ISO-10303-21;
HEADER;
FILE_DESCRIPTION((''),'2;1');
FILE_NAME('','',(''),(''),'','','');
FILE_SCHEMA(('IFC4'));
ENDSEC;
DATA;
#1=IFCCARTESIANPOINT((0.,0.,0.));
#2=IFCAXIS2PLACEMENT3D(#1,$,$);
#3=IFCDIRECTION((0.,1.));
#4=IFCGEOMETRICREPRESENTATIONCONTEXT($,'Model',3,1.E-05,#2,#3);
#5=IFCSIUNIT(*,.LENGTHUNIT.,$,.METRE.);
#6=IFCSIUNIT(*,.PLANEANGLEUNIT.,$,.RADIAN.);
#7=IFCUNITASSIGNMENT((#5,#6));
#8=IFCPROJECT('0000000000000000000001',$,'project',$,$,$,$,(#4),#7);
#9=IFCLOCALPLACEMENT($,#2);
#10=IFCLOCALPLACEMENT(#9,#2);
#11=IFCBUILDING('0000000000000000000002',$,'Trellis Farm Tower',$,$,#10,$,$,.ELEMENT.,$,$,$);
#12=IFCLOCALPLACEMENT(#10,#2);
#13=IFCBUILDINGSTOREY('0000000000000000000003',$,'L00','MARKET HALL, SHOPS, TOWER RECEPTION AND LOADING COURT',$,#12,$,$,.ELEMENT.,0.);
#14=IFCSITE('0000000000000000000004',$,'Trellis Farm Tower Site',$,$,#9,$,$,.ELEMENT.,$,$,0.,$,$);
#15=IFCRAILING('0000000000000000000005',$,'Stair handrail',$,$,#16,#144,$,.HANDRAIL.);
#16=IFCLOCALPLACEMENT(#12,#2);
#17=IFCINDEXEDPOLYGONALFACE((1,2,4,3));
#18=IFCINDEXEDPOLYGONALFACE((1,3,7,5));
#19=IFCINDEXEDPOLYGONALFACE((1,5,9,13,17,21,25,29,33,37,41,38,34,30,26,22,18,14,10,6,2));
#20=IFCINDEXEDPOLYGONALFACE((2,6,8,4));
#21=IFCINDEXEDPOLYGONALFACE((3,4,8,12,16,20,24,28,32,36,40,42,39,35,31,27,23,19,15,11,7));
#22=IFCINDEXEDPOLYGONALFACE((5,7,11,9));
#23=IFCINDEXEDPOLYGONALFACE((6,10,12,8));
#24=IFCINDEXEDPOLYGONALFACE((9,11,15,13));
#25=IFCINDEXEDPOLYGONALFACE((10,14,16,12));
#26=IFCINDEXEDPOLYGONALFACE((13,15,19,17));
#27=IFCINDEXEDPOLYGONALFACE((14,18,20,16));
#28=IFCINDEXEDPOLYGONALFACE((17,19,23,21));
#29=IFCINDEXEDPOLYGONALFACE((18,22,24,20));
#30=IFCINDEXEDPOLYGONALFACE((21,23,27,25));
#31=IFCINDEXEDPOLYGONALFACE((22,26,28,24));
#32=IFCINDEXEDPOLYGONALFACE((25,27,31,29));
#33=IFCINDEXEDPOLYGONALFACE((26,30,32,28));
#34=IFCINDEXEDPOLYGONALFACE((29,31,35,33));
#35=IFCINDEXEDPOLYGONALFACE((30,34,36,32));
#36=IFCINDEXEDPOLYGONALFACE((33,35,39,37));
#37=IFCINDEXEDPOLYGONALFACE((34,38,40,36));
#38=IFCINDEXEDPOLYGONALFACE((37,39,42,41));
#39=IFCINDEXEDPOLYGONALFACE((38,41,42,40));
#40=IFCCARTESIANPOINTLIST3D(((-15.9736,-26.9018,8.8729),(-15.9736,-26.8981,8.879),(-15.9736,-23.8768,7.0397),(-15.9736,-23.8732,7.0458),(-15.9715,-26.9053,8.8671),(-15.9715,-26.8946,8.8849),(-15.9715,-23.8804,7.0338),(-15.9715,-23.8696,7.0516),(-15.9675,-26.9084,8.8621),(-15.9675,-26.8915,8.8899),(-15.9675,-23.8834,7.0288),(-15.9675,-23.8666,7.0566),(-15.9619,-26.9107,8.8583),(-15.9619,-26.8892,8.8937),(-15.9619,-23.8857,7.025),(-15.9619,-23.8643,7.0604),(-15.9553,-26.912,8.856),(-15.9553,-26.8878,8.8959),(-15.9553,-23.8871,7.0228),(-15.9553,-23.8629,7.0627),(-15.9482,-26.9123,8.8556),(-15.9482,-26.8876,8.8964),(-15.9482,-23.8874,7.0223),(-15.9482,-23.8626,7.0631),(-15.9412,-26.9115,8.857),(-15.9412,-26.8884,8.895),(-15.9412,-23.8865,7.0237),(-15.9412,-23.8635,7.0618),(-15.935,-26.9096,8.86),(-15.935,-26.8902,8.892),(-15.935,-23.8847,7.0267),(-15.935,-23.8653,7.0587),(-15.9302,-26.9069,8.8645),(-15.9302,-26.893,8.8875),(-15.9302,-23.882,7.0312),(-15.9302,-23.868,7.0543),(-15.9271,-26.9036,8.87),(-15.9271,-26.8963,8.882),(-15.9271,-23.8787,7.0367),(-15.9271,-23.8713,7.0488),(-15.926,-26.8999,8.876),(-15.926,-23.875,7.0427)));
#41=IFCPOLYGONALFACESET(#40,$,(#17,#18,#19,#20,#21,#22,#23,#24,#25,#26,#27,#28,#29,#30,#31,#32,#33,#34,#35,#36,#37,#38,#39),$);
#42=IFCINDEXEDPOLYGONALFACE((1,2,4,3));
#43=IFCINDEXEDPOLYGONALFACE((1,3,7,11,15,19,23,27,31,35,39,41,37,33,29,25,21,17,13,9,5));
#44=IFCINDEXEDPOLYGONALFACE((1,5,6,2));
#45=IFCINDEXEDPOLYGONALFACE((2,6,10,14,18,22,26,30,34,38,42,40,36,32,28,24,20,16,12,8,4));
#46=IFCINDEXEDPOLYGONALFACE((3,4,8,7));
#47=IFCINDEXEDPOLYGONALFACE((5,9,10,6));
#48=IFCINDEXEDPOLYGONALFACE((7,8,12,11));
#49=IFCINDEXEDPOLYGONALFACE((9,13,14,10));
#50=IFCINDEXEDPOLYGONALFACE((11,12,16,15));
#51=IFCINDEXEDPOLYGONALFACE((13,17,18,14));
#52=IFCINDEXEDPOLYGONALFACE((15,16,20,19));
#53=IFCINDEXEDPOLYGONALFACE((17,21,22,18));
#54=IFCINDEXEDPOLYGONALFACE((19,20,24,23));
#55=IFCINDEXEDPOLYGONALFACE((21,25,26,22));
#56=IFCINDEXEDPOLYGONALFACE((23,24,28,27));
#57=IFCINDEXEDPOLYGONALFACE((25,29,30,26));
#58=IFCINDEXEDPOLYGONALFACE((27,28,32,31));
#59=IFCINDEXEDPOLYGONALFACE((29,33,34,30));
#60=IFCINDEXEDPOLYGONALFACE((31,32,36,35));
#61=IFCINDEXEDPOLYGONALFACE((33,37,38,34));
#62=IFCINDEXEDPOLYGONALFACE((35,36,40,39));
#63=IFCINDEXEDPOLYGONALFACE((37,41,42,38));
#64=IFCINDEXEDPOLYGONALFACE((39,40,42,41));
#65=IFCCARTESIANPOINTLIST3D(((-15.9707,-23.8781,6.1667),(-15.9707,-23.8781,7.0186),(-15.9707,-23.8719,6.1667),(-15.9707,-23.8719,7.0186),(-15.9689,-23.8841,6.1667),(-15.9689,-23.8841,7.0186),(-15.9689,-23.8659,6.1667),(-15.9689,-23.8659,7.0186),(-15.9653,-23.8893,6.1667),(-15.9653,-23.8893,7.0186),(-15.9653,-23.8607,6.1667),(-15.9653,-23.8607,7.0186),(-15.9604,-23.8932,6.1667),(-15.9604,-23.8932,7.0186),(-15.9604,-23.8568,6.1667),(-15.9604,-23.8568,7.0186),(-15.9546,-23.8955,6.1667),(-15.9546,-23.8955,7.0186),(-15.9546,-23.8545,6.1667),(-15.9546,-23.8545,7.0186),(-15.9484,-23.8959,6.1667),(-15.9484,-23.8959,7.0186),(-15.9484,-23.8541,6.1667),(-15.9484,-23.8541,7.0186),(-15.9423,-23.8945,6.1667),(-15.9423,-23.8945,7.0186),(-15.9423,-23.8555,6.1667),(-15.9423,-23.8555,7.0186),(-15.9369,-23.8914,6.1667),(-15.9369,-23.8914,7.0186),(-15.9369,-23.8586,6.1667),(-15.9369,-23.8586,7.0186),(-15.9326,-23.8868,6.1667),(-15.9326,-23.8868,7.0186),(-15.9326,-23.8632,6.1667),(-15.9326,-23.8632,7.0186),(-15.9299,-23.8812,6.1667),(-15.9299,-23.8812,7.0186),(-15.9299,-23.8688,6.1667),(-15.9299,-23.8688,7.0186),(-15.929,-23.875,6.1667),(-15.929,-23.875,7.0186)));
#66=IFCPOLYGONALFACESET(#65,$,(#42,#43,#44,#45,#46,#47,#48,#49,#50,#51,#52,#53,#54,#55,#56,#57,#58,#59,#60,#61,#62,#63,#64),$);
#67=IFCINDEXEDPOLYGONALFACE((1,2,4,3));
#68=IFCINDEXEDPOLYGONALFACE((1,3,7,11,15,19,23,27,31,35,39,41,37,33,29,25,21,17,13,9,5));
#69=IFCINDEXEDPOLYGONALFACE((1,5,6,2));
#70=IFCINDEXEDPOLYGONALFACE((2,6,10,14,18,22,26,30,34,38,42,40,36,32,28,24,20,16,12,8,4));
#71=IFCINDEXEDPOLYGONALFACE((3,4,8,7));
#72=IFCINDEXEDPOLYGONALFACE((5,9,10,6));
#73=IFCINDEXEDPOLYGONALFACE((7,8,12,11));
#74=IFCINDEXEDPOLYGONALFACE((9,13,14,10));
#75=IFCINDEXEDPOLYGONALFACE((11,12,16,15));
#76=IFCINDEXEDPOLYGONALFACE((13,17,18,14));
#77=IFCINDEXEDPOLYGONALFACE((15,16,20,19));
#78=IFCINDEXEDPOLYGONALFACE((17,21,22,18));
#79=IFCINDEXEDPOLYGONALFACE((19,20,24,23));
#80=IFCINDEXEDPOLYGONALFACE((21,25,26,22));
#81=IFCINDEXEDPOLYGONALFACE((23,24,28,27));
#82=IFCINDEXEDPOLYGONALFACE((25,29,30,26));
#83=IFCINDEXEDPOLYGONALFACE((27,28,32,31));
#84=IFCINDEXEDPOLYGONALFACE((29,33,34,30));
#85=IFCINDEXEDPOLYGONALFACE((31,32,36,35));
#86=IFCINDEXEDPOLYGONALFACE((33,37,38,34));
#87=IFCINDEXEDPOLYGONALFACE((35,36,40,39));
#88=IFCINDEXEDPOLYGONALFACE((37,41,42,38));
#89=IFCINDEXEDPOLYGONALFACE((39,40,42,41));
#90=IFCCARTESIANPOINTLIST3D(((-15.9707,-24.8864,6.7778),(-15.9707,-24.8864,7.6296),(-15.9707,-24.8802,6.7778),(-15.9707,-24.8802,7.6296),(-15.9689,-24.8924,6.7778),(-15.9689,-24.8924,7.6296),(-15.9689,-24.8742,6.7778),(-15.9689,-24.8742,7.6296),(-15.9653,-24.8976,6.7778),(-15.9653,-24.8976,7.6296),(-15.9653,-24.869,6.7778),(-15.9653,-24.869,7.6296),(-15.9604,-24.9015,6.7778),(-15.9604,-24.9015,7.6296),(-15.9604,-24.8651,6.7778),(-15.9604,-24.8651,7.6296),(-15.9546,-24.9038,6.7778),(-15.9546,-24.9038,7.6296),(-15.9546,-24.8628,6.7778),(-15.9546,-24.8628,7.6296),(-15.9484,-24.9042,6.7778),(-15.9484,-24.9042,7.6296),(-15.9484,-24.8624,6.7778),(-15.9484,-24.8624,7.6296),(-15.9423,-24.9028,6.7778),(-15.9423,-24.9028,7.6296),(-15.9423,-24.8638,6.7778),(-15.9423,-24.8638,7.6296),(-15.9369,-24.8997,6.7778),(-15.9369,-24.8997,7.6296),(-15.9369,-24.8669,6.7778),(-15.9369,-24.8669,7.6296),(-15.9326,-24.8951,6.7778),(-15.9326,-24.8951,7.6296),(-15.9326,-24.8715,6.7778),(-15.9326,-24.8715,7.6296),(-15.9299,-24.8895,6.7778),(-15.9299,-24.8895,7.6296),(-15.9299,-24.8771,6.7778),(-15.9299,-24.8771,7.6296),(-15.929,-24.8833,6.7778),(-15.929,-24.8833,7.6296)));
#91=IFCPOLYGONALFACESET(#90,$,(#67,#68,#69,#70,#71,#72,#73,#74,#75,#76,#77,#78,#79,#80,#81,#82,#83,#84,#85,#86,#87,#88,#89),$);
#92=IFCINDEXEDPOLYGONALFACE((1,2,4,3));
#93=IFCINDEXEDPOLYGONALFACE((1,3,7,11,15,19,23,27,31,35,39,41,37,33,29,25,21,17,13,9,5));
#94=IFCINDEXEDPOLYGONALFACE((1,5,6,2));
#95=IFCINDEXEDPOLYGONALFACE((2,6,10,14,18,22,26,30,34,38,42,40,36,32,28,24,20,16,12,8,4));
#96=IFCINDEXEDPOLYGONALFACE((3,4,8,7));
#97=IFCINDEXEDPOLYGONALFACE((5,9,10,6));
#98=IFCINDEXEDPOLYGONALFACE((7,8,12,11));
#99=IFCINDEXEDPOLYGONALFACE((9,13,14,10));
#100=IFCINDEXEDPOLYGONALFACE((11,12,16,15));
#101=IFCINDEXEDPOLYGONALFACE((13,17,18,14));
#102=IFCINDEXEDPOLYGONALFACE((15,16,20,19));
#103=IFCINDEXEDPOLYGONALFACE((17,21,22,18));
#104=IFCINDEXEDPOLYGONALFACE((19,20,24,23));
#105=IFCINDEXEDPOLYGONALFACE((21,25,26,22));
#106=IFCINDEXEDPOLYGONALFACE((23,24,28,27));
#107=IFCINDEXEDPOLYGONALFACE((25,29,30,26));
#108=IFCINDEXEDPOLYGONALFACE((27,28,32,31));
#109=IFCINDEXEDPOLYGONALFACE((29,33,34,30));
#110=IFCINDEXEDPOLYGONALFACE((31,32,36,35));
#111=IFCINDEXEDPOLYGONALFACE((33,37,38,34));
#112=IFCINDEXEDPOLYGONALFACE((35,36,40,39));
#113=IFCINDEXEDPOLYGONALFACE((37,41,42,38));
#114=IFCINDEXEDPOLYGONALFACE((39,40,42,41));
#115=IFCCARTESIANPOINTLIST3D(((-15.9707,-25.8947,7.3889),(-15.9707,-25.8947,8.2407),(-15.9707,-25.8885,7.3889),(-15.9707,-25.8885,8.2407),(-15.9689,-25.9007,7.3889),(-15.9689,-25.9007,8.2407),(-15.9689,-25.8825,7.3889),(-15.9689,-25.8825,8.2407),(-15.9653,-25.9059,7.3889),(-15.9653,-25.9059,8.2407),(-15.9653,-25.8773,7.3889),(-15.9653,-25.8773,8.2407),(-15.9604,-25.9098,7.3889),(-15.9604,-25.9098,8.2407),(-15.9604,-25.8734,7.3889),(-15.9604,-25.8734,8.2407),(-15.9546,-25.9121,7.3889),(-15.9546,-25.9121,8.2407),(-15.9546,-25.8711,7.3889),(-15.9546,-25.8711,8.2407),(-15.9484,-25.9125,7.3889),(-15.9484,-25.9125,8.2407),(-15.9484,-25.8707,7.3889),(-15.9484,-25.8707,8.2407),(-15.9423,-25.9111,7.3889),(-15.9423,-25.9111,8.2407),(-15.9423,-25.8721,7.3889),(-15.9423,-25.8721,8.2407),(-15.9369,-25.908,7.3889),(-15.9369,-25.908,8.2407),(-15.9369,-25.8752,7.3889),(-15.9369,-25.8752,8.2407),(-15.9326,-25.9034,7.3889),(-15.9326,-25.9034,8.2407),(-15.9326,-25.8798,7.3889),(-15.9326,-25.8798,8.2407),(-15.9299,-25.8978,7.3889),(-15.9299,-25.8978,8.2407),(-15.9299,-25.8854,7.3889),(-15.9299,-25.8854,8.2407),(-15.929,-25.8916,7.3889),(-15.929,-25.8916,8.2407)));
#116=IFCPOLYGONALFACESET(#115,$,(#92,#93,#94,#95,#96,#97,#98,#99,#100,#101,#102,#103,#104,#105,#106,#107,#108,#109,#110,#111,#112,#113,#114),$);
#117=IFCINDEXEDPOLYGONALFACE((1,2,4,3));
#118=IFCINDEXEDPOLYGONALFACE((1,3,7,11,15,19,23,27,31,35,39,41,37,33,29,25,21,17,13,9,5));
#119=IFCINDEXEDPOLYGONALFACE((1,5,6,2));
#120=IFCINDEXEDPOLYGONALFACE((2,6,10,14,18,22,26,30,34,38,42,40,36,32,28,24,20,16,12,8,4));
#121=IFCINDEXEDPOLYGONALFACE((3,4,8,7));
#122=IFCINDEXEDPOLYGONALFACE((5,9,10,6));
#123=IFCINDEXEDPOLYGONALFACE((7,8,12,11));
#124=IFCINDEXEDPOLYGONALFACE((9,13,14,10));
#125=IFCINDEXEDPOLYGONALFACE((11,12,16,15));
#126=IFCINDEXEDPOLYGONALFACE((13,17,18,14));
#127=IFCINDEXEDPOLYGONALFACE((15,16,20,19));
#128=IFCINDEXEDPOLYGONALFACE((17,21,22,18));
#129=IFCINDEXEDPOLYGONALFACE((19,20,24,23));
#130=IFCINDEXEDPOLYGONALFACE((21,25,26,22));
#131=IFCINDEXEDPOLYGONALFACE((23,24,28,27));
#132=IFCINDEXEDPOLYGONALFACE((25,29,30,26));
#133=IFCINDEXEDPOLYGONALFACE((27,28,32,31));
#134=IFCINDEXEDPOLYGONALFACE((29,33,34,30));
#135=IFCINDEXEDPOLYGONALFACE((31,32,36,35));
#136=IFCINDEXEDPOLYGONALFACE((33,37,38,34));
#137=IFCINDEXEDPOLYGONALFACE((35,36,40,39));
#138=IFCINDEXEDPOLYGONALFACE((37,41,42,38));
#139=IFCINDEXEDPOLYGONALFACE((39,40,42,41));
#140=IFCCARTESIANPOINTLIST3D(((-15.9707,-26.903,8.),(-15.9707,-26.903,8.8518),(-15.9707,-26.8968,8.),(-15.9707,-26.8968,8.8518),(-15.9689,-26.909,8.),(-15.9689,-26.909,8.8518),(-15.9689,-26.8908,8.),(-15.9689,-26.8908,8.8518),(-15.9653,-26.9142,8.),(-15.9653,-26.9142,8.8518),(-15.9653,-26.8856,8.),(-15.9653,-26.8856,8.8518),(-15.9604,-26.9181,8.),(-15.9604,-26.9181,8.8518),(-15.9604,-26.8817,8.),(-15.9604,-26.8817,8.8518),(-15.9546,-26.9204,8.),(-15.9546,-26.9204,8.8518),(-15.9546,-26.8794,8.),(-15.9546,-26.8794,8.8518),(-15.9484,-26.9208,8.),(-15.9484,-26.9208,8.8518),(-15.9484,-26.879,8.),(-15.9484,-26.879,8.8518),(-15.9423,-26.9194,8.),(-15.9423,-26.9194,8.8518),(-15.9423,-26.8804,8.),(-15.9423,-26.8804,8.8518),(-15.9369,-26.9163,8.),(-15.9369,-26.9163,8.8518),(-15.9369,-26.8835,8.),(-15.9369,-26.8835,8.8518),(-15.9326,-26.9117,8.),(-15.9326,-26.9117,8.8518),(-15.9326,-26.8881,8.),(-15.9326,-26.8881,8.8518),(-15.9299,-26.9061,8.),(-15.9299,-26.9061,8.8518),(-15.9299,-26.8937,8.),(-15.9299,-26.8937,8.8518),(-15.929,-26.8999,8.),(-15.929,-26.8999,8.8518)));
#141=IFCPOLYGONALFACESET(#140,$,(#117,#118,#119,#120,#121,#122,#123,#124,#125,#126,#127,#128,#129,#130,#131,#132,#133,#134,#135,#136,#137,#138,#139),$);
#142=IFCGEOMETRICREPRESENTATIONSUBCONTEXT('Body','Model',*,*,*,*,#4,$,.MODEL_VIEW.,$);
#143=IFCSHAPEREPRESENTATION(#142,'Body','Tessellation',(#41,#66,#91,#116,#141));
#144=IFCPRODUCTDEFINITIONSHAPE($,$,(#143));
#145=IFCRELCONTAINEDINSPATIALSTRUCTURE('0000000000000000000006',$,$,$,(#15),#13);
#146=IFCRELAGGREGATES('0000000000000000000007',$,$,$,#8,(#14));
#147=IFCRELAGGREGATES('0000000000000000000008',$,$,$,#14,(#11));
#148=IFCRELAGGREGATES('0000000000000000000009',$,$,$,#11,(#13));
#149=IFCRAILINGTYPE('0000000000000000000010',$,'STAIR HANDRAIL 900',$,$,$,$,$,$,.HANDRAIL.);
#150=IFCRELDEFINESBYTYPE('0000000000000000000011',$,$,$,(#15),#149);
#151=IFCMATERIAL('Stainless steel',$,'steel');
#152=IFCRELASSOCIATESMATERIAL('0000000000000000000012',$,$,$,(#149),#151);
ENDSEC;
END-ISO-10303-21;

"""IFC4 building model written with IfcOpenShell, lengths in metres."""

from ifc_helpers import new_model, si_unit, direction, frame, origin, origin_2d, place, context, subcontext, project, spatial, circle, extrude, source, transform, mapped, material, type_object, element, save


model = new_model("IFC4")

# Units and contexts
model_context = context("Model", 3, precision=1e-05, world=origin(), true_north=direction((0.0, 1.0)))
body_context = subcontext(model_context, "Body", "Model", "MODEL_VIEW")
ifc_project = project(units=[si_unit("LENGTHUNIT", "METRE"), si_unit("PLANEANGLEUNIT", "RADIAN")], contexts=[model_context])

# Site, building, storey
site_placement = place(None, origin())
site = spatial("IfcSite", under=ifc_project, at=site_placement, Name="Trellis Farm Tower Site", CompositionType="ELEMENT", RefElevation=0.0)
building_placement = place(site_placement, origin())
building = spatial("IfcBuilding", under=site, at=building_placement, Name="Trellis Farm Tower", CompositionType="ELEMENT")
storey_placement = place(building_placement, origin())
storey = spatial("IfcBuildingStorey", under=building, at=storey_placement, Name="L00", Description="MARKET HALL, SHOPS, TOWER RECEPTION AND LOADING COURT", CompositionType="ELEMENT", Elevation=0.0)

# Railing
ifc_material_1 = material(Name="Stainless steel", Category="steel")
railing_type = type_object("IfcRailingType", Name="STAIR HANDRAIL 900", PredefinedType="HANDRAIL", material=ifc_material_1)
shared_shape_1 = source(origin(), body_context, "Body", "SweptSolid", [
    extrude(circle(Radius=0.0239, at=origin_2d()), frame((0.0, 0.0, 0.876), z_axis=(0.0, -0.855201, 0.518297), x_axis=(1.0, 0.0, 0.0)), (0.0, 0.0, 1.0), 3.5371),
    extrude(circle(Radius=0.021, at=origin_2d()), origin(), (0.0, 0.0, 1.0), 0.8518),
    extrude(circle(Radius=0.021, at=origin_2d()), frame((0.0, -1.0083, 0.6111)), (0.0, 0.0, 1.0), 0.8518),
    extrude(circle(Radius=0.021, at=origin_2d()), frame((0.0, -2.0166, 1.2222)), (0.0, 0.0, 1.0), 0.8518),
    extrude(circle(Radius=0.021, at=origin_2d()), frame((0.0, -3.0249, 1.8333)), (0.0, 0.0, 1.0), 0.8518),
])
for number, where, name in (
    (1, (-15.95, -23.875, 6.1667), "Stair handrail"),
):
    element("IfcRailing", number, at=place(storey_placement, frame(where)), inside=storey, type_object=railing_type, Name=name, PredefinedType="HANDRAIL", context=body_context, shape_type="MappedRepresentation", body=[
        mapped(shared_shape_1, transform((0.0, 0.0, 0.0))),
    ])

save(model, "model.ifc")
